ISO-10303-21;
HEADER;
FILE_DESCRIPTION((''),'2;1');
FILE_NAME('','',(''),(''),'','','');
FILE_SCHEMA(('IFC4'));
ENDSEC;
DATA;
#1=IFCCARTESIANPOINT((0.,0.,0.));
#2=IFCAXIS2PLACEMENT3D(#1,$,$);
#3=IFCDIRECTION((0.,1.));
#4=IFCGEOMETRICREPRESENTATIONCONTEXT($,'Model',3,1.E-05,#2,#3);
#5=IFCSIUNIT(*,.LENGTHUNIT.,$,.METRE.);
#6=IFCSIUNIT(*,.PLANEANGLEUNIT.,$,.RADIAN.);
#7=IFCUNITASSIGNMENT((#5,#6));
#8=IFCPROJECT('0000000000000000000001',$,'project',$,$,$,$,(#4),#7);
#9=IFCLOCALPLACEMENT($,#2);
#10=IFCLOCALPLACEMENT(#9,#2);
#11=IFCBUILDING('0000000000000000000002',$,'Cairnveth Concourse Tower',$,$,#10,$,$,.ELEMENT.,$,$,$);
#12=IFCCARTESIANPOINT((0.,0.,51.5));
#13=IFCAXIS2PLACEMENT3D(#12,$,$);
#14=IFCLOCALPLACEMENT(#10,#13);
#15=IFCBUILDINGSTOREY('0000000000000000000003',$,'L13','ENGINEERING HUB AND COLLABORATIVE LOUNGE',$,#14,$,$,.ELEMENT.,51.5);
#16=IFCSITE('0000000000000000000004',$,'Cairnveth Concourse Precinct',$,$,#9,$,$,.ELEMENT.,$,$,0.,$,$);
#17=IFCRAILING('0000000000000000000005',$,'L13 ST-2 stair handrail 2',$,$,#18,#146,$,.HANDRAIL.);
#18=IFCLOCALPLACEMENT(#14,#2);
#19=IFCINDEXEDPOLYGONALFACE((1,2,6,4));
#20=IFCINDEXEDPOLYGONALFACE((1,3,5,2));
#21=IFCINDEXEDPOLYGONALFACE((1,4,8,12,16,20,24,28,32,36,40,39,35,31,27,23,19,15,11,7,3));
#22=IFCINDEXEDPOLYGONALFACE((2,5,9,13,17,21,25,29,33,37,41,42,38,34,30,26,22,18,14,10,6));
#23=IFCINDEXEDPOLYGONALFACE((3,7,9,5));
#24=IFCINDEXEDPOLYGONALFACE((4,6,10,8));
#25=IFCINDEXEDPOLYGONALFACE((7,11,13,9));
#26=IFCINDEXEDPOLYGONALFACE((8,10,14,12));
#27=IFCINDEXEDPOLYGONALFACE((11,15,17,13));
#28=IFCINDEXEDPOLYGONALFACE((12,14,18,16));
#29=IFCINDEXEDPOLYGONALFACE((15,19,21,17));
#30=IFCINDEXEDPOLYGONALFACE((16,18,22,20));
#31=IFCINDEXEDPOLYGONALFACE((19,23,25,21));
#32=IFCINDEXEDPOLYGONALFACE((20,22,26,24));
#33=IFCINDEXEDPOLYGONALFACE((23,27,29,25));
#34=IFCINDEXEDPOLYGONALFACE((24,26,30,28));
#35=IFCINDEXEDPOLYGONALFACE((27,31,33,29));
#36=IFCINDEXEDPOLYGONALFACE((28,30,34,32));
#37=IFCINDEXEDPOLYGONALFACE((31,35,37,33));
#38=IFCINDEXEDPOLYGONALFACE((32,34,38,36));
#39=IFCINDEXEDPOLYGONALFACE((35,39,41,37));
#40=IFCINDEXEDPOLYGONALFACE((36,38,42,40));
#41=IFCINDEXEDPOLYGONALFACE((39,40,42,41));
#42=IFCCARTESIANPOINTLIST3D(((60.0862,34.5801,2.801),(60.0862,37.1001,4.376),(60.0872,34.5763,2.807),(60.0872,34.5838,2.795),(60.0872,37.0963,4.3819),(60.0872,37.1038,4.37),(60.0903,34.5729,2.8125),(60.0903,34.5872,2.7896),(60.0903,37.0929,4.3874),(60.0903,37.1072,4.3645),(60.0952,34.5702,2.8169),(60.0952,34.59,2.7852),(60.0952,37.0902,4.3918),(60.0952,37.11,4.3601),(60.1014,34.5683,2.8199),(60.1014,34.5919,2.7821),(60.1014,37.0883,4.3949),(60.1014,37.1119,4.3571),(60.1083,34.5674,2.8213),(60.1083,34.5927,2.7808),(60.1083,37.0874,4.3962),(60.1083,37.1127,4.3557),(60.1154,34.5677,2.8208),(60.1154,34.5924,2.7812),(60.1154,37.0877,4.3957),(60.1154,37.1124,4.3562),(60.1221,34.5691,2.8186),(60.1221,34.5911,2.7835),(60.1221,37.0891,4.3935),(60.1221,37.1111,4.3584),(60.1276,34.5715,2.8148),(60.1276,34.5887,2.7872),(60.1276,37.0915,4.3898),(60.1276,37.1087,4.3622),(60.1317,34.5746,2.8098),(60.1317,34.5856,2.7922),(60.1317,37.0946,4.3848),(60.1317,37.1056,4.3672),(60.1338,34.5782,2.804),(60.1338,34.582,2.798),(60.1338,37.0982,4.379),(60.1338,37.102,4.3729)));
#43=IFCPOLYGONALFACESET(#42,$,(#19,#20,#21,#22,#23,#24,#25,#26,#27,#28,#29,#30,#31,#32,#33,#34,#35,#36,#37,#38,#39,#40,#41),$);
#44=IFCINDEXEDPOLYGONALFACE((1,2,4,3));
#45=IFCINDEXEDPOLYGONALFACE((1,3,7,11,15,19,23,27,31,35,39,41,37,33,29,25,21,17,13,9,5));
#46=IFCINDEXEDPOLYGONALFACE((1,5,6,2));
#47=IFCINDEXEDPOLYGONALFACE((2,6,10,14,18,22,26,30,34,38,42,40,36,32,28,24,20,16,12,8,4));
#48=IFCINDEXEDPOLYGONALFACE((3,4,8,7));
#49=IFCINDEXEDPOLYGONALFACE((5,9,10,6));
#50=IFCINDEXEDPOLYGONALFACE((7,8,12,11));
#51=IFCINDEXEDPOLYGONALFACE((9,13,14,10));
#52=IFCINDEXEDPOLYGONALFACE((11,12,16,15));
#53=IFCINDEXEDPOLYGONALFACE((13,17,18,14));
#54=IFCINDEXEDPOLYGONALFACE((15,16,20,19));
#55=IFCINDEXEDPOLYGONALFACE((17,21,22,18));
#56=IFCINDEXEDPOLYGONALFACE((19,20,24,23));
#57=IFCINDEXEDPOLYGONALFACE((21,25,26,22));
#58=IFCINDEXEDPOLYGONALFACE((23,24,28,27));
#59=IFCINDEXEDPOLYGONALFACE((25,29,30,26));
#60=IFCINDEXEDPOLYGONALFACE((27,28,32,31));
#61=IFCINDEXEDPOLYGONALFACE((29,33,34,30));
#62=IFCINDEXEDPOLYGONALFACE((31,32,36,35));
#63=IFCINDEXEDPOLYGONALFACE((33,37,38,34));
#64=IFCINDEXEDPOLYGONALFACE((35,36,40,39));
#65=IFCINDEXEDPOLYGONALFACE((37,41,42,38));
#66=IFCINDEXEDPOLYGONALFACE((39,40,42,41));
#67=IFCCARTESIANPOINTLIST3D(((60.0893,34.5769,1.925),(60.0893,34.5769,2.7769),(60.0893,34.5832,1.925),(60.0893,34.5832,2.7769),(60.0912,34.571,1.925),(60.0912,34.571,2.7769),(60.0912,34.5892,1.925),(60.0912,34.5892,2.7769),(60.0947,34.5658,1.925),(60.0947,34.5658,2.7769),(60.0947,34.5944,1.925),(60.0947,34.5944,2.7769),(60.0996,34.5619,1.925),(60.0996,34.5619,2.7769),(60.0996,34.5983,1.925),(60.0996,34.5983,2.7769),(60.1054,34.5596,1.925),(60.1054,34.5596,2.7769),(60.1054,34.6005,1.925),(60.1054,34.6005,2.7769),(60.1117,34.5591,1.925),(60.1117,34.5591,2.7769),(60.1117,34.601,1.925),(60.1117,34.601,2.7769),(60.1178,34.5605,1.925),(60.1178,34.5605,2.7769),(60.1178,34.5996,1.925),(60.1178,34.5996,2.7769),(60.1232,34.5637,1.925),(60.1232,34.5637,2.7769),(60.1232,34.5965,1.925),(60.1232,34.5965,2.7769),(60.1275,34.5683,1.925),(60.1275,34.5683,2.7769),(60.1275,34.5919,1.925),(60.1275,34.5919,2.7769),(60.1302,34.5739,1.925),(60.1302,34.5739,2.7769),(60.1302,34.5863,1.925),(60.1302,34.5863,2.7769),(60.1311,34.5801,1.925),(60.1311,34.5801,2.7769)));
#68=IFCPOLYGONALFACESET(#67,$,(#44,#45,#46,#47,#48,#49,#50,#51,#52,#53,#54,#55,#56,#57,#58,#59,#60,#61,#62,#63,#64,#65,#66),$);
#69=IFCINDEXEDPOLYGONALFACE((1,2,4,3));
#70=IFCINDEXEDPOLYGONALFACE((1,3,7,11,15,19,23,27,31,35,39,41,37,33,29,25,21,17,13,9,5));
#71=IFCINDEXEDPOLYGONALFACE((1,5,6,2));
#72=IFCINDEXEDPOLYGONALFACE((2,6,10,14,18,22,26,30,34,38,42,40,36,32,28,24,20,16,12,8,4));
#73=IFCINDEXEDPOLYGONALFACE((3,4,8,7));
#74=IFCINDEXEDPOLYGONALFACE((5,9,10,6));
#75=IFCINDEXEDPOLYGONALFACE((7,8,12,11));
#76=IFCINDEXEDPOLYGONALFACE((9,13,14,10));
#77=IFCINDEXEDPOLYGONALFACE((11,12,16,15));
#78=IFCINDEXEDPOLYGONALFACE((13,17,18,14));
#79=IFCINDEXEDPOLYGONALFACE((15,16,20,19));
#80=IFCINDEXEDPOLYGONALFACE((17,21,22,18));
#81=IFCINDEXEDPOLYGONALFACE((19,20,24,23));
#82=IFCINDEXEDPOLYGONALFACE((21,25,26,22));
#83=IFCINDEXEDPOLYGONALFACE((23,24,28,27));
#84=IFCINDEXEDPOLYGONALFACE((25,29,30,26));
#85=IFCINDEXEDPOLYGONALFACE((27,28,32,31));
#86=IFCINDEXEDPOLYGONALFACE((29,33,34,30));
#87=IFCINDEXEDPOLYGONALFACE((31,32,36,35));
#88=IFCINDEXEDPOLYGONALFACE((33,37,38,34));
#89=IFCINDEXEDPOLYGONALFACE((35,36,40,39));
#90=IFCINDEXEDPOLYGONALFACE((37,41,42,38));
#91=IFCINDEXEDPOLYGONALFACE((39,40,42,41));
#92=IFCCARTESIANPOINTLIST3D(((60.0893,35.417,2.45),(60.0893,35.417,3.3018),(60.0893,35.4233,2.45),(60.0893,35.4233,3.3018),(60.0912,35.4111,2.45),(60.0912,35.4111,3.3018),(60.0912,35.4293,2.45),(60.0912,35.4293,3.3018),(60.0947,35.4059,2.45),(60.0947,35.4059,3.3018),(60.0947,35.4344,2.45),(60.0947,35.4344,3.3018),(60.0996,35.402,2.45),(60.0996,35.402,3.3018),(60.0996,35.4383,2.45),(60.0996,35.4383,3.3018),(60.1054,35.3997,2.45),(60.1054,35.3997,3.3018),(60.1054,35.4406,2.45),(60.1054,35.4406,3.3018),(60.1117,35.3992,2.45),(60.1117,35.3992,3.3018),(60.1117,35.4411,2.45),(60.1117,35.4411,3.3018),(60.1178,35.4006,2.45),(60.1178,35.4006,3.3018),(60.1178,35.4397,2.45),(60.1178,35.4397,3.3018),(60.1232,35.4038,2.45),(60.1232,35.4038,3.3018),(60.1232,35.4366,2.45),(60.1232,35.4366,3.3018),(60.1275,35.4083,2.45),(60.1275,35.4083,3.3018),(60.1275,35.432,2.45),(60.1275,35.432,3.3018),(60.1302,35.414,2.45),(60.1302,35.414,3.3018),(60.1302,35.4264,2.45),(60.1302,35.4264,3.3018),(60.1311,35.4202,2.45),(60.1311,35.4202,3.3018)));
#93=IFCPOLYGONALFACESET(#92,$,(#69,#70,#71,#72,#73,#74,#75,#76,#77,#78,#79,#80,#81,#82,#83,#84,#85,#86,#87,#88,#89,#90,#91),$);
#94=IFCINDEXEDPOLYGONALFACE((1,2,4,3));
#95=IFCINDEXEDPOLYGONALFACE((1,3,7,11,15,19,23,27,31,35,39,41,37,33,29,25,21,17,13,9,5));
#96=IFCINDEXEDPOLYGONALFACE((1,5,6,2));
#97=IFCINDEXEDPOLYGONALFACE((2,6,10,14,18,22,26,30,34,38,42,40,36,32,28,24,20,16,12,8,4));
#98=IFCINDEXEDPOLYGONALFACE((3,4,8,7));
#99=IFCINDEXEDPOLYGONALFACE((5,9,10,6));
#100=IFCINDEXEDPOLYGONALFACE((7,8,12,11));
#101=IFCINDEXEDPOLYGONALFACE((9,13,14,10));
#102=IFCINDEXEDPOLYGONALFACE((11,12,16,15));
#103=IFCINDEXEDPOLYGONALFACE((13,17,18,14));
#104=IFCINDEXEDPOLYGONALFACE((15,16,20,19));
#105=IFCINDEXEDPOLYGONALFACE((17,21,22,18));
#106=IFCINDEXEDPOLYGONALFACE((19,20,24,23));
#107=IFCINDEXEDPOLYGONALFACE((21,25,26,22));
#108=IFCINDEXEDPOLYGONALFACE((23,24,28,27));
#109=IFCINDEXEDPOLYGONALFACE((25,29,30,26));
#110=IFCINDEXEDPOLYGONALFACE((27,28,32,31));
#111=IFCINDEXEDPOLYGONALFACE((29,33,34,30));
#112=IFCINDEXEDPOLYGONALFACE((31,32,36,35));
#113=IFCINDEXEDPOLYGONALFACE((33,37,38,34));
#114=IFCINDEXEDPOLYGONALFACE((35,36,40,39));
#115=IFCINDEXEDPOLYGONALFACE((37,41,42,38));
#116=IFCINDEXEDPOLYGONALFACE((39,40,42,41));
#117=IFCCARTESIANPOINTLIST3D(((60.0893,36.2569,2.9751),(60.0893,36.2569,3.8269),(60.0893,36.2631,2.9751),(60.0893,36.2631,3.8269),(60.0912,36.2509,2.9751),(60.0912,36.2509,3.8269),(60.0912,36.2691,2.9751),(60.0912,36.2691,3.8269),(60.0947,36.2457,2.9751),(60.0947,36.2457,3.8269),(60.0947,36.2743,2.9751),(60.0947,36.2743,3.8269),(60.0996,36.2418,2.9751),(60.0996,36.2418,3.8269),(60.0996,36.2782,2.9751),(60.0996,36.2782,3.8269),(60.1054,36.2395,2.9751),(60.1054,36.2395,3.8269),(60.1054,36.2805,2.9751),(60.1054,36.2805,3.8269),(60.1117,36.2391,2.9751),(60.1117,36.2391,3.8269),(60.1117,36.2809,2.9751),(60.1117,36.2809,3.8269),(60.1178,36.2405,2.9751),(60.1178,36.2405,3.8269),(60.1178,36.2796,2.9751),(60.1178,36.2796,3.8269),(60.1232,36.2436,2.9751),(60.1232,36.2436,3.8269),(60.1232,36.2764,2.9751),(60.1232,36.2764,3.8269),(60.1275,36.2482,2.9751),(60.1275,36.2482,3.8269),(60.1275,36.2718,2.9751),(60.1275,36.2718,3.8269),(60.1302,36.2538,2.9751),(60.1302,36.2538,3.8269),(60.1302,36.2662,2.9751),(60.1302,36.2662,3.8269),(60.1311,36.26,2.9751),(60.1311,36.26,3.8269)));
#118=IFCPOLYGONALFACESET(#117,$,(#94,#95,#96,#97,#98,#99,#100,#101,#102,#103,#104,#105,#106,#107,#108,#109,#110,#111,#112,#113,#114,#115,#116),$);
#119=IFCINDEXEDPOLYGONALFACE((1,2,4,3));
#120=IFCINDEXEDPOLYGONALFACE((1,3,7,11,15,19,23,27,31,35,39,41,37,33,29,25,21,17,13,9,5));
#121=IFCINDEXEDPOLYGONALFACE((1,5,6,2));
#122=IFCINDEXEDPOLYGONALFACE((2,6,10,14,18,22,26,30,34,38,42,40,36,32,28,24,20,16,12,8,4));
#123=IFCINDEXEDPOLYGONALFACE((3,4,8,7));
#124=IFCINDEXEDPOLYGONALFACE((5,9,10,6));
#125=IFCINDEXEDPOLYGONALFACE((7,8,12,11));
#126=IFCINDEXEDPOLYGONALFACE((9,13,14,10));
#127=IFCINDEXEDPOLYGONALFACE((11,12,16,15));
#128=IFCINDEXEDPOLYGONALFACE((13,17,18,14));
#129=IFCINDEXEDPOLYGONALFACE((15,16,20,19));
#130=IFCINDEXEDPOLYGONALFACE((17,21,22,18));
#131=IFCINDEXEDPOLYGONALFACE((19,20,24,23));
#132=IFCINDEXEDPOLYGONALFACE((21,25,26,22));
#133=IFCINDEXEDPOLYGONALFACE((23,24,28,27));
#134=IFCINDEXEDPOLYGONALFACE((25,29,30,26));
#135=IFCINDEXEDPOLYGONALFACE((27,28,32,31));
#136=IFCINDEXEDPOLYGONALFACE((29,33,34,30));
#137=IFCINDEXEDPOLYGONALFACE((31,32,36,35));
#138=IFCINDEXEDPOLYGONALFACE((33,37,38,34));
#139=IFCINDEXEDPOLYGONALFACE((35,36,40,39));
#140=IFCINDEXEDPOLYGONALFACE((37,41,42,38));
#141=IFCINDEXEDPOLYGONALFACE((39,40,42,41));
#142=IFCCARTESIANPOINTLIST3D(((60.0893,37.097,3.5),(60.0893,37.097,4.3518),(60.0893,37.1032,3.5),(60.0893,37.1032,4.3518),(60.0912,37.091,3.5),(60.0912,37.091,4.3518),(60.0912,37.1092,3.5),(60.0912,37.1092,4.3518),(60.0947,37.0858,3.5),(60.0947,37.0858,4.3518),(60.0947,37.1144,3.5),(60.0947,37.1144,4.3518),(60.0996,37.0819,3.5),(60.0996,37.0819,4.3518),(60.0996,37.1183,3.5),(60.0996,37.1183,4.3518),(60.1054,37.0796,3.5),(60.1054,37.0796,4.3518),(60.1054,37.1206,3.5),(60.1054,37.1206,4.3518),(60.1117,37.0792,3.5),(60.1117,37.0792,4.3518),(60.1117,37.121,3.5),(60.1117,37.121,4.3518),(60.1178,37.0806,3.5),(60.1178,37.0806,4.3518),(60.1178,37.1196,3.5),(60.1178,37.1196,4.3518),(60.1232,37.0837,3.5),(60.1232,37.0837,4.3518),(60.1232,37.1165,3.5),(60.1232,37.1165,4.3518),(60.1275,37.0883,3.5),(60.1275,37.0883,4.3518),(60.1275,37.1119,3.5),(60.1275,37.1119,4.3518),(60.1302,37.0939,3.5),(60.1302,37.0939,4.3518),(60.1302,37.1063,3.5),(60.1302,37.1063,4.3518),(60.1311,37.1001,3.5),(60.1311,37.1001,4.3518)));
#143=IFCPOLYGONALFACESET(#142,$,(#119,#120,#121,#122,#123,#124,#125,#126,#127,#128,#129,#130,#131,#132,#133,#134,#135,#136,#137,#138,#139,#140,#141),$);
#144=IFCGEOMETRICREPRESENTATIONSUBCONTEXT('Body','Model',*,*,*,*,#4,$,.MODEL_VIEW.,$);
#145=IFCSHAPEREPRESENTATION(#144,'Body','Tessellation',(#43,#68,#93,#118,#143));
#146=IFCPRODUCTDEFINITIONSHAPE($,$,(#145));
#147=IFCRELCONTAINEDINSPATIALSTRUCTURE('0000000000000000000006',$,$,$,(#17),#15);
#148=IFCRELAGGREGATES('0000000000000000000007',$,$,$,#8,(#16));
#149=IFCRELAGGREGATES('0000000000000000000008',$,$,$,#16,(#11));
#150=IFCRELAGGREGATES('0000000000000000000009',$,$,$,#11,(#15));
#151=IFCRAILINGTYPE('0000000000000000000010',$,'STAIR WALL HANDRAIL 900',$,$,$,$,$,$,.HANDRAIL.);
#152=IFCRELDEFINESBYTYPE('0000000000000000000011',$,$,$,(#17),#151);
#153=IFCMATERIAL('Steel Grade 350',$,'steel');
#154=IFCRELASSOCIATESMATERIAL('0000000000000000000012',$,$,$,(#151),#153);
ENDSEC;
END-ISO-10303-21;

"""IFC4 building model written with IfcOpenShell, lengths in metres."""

from ifc_helpers import new_model, si_unit, direction, frame, origin, origin_2d, place, context, subcontext, project, spatial, circle, extrude, material, type_object, element, save


model = new_model("IFC4")

# Units and contexts
model_context = context("Model", 3, precision=1e-05, world=origin(), true_north=direction((0.0, 1.0)))
body_context = subcontext(model_context, "Body", "Model", "MODEL_VIEW")
ifc_project = project(units=[si_unit("LENGTHUNIT", "METRE"), si_unit("PLANEANGLEUNIT", "RADIAN")], contexts=[model_context])

# Site, building, storey
site_placement = place(None, origin())
site = spatial("IfcSite", under=ifc_project, at=site_placement, Name="Cairnveth Concourse Precinct", CompositionType="ELEMENT", RefElevation=0.0)
building_placement = place(site_placement, origin())
building = spatial("IfcBuilding", under=site, at=building_placement, Name="Cairnveth Concourse Tower", CompositionType="ELEMENT")
storey_placement = place(building_placement, frame((0.0, 0.0, 51.5)))
storey = spatial("IfcBuildingStorey", under=building, at=storey_placement, Name="L13", Description="ENGINEERING HUB AND COLLABORATIVE LOUNGE", CompositionType="ELEMENT", Elevation=51.5)

# Shared definitions
ifc_material_1 = material(Name="Steel Grade 350", Category="steel")

# Railing
railing_type_1 = type_object("IfcRailingType", Name="STAIR WALL HANDRAIL 900", PredefinedType="HANDRAIL", material=ifc_material_1)
railing_1_placement = place(storey_placement, frame((60.1101, 34.5801, 1.925)))
element("IfcRailing", 1, at=railing_1_placement, inside=storey, type_object=railing_type_1, Name="L13 ST-2 stair handrail 2", PredefinedType="HANDRAIL", context=body_context, shape_type="SweptSolid", body=[
    extrude(circle(Radius=0.0239, at=origin_2d()), frame((0.0, 0.0, 0.876), z_axis=(0.0, 0.848008, 0.529984), x_axis=(-1.0, 0.0, 0.0)), (0.0, 0.0, 1.0), 2.9717),
    extrude(circle(Radius=0.021, at=origin_2d()), origin(), (0.0, 0.0, 1.0), 0.8518),
    extrude(circle(Radius=0.021, at=origin_2d()), frame((0.0, 0.8401, 0.5249)), (0.0, 0.0, 1.0), 0.8518),
    extrude(circle(Radius=0.021, at=origin_2d()), frame((0.0, 1.6799, 1.05)), (0.0, 0.0, 1.0), 0.8518),
    extrude(circle(Radius=0.021, at=origin_2d()), frame((0.0, 2.52, 1.575)), (0.0, 0.0, 1.0), 0.8518),
])

save(model, "model.ifc")
